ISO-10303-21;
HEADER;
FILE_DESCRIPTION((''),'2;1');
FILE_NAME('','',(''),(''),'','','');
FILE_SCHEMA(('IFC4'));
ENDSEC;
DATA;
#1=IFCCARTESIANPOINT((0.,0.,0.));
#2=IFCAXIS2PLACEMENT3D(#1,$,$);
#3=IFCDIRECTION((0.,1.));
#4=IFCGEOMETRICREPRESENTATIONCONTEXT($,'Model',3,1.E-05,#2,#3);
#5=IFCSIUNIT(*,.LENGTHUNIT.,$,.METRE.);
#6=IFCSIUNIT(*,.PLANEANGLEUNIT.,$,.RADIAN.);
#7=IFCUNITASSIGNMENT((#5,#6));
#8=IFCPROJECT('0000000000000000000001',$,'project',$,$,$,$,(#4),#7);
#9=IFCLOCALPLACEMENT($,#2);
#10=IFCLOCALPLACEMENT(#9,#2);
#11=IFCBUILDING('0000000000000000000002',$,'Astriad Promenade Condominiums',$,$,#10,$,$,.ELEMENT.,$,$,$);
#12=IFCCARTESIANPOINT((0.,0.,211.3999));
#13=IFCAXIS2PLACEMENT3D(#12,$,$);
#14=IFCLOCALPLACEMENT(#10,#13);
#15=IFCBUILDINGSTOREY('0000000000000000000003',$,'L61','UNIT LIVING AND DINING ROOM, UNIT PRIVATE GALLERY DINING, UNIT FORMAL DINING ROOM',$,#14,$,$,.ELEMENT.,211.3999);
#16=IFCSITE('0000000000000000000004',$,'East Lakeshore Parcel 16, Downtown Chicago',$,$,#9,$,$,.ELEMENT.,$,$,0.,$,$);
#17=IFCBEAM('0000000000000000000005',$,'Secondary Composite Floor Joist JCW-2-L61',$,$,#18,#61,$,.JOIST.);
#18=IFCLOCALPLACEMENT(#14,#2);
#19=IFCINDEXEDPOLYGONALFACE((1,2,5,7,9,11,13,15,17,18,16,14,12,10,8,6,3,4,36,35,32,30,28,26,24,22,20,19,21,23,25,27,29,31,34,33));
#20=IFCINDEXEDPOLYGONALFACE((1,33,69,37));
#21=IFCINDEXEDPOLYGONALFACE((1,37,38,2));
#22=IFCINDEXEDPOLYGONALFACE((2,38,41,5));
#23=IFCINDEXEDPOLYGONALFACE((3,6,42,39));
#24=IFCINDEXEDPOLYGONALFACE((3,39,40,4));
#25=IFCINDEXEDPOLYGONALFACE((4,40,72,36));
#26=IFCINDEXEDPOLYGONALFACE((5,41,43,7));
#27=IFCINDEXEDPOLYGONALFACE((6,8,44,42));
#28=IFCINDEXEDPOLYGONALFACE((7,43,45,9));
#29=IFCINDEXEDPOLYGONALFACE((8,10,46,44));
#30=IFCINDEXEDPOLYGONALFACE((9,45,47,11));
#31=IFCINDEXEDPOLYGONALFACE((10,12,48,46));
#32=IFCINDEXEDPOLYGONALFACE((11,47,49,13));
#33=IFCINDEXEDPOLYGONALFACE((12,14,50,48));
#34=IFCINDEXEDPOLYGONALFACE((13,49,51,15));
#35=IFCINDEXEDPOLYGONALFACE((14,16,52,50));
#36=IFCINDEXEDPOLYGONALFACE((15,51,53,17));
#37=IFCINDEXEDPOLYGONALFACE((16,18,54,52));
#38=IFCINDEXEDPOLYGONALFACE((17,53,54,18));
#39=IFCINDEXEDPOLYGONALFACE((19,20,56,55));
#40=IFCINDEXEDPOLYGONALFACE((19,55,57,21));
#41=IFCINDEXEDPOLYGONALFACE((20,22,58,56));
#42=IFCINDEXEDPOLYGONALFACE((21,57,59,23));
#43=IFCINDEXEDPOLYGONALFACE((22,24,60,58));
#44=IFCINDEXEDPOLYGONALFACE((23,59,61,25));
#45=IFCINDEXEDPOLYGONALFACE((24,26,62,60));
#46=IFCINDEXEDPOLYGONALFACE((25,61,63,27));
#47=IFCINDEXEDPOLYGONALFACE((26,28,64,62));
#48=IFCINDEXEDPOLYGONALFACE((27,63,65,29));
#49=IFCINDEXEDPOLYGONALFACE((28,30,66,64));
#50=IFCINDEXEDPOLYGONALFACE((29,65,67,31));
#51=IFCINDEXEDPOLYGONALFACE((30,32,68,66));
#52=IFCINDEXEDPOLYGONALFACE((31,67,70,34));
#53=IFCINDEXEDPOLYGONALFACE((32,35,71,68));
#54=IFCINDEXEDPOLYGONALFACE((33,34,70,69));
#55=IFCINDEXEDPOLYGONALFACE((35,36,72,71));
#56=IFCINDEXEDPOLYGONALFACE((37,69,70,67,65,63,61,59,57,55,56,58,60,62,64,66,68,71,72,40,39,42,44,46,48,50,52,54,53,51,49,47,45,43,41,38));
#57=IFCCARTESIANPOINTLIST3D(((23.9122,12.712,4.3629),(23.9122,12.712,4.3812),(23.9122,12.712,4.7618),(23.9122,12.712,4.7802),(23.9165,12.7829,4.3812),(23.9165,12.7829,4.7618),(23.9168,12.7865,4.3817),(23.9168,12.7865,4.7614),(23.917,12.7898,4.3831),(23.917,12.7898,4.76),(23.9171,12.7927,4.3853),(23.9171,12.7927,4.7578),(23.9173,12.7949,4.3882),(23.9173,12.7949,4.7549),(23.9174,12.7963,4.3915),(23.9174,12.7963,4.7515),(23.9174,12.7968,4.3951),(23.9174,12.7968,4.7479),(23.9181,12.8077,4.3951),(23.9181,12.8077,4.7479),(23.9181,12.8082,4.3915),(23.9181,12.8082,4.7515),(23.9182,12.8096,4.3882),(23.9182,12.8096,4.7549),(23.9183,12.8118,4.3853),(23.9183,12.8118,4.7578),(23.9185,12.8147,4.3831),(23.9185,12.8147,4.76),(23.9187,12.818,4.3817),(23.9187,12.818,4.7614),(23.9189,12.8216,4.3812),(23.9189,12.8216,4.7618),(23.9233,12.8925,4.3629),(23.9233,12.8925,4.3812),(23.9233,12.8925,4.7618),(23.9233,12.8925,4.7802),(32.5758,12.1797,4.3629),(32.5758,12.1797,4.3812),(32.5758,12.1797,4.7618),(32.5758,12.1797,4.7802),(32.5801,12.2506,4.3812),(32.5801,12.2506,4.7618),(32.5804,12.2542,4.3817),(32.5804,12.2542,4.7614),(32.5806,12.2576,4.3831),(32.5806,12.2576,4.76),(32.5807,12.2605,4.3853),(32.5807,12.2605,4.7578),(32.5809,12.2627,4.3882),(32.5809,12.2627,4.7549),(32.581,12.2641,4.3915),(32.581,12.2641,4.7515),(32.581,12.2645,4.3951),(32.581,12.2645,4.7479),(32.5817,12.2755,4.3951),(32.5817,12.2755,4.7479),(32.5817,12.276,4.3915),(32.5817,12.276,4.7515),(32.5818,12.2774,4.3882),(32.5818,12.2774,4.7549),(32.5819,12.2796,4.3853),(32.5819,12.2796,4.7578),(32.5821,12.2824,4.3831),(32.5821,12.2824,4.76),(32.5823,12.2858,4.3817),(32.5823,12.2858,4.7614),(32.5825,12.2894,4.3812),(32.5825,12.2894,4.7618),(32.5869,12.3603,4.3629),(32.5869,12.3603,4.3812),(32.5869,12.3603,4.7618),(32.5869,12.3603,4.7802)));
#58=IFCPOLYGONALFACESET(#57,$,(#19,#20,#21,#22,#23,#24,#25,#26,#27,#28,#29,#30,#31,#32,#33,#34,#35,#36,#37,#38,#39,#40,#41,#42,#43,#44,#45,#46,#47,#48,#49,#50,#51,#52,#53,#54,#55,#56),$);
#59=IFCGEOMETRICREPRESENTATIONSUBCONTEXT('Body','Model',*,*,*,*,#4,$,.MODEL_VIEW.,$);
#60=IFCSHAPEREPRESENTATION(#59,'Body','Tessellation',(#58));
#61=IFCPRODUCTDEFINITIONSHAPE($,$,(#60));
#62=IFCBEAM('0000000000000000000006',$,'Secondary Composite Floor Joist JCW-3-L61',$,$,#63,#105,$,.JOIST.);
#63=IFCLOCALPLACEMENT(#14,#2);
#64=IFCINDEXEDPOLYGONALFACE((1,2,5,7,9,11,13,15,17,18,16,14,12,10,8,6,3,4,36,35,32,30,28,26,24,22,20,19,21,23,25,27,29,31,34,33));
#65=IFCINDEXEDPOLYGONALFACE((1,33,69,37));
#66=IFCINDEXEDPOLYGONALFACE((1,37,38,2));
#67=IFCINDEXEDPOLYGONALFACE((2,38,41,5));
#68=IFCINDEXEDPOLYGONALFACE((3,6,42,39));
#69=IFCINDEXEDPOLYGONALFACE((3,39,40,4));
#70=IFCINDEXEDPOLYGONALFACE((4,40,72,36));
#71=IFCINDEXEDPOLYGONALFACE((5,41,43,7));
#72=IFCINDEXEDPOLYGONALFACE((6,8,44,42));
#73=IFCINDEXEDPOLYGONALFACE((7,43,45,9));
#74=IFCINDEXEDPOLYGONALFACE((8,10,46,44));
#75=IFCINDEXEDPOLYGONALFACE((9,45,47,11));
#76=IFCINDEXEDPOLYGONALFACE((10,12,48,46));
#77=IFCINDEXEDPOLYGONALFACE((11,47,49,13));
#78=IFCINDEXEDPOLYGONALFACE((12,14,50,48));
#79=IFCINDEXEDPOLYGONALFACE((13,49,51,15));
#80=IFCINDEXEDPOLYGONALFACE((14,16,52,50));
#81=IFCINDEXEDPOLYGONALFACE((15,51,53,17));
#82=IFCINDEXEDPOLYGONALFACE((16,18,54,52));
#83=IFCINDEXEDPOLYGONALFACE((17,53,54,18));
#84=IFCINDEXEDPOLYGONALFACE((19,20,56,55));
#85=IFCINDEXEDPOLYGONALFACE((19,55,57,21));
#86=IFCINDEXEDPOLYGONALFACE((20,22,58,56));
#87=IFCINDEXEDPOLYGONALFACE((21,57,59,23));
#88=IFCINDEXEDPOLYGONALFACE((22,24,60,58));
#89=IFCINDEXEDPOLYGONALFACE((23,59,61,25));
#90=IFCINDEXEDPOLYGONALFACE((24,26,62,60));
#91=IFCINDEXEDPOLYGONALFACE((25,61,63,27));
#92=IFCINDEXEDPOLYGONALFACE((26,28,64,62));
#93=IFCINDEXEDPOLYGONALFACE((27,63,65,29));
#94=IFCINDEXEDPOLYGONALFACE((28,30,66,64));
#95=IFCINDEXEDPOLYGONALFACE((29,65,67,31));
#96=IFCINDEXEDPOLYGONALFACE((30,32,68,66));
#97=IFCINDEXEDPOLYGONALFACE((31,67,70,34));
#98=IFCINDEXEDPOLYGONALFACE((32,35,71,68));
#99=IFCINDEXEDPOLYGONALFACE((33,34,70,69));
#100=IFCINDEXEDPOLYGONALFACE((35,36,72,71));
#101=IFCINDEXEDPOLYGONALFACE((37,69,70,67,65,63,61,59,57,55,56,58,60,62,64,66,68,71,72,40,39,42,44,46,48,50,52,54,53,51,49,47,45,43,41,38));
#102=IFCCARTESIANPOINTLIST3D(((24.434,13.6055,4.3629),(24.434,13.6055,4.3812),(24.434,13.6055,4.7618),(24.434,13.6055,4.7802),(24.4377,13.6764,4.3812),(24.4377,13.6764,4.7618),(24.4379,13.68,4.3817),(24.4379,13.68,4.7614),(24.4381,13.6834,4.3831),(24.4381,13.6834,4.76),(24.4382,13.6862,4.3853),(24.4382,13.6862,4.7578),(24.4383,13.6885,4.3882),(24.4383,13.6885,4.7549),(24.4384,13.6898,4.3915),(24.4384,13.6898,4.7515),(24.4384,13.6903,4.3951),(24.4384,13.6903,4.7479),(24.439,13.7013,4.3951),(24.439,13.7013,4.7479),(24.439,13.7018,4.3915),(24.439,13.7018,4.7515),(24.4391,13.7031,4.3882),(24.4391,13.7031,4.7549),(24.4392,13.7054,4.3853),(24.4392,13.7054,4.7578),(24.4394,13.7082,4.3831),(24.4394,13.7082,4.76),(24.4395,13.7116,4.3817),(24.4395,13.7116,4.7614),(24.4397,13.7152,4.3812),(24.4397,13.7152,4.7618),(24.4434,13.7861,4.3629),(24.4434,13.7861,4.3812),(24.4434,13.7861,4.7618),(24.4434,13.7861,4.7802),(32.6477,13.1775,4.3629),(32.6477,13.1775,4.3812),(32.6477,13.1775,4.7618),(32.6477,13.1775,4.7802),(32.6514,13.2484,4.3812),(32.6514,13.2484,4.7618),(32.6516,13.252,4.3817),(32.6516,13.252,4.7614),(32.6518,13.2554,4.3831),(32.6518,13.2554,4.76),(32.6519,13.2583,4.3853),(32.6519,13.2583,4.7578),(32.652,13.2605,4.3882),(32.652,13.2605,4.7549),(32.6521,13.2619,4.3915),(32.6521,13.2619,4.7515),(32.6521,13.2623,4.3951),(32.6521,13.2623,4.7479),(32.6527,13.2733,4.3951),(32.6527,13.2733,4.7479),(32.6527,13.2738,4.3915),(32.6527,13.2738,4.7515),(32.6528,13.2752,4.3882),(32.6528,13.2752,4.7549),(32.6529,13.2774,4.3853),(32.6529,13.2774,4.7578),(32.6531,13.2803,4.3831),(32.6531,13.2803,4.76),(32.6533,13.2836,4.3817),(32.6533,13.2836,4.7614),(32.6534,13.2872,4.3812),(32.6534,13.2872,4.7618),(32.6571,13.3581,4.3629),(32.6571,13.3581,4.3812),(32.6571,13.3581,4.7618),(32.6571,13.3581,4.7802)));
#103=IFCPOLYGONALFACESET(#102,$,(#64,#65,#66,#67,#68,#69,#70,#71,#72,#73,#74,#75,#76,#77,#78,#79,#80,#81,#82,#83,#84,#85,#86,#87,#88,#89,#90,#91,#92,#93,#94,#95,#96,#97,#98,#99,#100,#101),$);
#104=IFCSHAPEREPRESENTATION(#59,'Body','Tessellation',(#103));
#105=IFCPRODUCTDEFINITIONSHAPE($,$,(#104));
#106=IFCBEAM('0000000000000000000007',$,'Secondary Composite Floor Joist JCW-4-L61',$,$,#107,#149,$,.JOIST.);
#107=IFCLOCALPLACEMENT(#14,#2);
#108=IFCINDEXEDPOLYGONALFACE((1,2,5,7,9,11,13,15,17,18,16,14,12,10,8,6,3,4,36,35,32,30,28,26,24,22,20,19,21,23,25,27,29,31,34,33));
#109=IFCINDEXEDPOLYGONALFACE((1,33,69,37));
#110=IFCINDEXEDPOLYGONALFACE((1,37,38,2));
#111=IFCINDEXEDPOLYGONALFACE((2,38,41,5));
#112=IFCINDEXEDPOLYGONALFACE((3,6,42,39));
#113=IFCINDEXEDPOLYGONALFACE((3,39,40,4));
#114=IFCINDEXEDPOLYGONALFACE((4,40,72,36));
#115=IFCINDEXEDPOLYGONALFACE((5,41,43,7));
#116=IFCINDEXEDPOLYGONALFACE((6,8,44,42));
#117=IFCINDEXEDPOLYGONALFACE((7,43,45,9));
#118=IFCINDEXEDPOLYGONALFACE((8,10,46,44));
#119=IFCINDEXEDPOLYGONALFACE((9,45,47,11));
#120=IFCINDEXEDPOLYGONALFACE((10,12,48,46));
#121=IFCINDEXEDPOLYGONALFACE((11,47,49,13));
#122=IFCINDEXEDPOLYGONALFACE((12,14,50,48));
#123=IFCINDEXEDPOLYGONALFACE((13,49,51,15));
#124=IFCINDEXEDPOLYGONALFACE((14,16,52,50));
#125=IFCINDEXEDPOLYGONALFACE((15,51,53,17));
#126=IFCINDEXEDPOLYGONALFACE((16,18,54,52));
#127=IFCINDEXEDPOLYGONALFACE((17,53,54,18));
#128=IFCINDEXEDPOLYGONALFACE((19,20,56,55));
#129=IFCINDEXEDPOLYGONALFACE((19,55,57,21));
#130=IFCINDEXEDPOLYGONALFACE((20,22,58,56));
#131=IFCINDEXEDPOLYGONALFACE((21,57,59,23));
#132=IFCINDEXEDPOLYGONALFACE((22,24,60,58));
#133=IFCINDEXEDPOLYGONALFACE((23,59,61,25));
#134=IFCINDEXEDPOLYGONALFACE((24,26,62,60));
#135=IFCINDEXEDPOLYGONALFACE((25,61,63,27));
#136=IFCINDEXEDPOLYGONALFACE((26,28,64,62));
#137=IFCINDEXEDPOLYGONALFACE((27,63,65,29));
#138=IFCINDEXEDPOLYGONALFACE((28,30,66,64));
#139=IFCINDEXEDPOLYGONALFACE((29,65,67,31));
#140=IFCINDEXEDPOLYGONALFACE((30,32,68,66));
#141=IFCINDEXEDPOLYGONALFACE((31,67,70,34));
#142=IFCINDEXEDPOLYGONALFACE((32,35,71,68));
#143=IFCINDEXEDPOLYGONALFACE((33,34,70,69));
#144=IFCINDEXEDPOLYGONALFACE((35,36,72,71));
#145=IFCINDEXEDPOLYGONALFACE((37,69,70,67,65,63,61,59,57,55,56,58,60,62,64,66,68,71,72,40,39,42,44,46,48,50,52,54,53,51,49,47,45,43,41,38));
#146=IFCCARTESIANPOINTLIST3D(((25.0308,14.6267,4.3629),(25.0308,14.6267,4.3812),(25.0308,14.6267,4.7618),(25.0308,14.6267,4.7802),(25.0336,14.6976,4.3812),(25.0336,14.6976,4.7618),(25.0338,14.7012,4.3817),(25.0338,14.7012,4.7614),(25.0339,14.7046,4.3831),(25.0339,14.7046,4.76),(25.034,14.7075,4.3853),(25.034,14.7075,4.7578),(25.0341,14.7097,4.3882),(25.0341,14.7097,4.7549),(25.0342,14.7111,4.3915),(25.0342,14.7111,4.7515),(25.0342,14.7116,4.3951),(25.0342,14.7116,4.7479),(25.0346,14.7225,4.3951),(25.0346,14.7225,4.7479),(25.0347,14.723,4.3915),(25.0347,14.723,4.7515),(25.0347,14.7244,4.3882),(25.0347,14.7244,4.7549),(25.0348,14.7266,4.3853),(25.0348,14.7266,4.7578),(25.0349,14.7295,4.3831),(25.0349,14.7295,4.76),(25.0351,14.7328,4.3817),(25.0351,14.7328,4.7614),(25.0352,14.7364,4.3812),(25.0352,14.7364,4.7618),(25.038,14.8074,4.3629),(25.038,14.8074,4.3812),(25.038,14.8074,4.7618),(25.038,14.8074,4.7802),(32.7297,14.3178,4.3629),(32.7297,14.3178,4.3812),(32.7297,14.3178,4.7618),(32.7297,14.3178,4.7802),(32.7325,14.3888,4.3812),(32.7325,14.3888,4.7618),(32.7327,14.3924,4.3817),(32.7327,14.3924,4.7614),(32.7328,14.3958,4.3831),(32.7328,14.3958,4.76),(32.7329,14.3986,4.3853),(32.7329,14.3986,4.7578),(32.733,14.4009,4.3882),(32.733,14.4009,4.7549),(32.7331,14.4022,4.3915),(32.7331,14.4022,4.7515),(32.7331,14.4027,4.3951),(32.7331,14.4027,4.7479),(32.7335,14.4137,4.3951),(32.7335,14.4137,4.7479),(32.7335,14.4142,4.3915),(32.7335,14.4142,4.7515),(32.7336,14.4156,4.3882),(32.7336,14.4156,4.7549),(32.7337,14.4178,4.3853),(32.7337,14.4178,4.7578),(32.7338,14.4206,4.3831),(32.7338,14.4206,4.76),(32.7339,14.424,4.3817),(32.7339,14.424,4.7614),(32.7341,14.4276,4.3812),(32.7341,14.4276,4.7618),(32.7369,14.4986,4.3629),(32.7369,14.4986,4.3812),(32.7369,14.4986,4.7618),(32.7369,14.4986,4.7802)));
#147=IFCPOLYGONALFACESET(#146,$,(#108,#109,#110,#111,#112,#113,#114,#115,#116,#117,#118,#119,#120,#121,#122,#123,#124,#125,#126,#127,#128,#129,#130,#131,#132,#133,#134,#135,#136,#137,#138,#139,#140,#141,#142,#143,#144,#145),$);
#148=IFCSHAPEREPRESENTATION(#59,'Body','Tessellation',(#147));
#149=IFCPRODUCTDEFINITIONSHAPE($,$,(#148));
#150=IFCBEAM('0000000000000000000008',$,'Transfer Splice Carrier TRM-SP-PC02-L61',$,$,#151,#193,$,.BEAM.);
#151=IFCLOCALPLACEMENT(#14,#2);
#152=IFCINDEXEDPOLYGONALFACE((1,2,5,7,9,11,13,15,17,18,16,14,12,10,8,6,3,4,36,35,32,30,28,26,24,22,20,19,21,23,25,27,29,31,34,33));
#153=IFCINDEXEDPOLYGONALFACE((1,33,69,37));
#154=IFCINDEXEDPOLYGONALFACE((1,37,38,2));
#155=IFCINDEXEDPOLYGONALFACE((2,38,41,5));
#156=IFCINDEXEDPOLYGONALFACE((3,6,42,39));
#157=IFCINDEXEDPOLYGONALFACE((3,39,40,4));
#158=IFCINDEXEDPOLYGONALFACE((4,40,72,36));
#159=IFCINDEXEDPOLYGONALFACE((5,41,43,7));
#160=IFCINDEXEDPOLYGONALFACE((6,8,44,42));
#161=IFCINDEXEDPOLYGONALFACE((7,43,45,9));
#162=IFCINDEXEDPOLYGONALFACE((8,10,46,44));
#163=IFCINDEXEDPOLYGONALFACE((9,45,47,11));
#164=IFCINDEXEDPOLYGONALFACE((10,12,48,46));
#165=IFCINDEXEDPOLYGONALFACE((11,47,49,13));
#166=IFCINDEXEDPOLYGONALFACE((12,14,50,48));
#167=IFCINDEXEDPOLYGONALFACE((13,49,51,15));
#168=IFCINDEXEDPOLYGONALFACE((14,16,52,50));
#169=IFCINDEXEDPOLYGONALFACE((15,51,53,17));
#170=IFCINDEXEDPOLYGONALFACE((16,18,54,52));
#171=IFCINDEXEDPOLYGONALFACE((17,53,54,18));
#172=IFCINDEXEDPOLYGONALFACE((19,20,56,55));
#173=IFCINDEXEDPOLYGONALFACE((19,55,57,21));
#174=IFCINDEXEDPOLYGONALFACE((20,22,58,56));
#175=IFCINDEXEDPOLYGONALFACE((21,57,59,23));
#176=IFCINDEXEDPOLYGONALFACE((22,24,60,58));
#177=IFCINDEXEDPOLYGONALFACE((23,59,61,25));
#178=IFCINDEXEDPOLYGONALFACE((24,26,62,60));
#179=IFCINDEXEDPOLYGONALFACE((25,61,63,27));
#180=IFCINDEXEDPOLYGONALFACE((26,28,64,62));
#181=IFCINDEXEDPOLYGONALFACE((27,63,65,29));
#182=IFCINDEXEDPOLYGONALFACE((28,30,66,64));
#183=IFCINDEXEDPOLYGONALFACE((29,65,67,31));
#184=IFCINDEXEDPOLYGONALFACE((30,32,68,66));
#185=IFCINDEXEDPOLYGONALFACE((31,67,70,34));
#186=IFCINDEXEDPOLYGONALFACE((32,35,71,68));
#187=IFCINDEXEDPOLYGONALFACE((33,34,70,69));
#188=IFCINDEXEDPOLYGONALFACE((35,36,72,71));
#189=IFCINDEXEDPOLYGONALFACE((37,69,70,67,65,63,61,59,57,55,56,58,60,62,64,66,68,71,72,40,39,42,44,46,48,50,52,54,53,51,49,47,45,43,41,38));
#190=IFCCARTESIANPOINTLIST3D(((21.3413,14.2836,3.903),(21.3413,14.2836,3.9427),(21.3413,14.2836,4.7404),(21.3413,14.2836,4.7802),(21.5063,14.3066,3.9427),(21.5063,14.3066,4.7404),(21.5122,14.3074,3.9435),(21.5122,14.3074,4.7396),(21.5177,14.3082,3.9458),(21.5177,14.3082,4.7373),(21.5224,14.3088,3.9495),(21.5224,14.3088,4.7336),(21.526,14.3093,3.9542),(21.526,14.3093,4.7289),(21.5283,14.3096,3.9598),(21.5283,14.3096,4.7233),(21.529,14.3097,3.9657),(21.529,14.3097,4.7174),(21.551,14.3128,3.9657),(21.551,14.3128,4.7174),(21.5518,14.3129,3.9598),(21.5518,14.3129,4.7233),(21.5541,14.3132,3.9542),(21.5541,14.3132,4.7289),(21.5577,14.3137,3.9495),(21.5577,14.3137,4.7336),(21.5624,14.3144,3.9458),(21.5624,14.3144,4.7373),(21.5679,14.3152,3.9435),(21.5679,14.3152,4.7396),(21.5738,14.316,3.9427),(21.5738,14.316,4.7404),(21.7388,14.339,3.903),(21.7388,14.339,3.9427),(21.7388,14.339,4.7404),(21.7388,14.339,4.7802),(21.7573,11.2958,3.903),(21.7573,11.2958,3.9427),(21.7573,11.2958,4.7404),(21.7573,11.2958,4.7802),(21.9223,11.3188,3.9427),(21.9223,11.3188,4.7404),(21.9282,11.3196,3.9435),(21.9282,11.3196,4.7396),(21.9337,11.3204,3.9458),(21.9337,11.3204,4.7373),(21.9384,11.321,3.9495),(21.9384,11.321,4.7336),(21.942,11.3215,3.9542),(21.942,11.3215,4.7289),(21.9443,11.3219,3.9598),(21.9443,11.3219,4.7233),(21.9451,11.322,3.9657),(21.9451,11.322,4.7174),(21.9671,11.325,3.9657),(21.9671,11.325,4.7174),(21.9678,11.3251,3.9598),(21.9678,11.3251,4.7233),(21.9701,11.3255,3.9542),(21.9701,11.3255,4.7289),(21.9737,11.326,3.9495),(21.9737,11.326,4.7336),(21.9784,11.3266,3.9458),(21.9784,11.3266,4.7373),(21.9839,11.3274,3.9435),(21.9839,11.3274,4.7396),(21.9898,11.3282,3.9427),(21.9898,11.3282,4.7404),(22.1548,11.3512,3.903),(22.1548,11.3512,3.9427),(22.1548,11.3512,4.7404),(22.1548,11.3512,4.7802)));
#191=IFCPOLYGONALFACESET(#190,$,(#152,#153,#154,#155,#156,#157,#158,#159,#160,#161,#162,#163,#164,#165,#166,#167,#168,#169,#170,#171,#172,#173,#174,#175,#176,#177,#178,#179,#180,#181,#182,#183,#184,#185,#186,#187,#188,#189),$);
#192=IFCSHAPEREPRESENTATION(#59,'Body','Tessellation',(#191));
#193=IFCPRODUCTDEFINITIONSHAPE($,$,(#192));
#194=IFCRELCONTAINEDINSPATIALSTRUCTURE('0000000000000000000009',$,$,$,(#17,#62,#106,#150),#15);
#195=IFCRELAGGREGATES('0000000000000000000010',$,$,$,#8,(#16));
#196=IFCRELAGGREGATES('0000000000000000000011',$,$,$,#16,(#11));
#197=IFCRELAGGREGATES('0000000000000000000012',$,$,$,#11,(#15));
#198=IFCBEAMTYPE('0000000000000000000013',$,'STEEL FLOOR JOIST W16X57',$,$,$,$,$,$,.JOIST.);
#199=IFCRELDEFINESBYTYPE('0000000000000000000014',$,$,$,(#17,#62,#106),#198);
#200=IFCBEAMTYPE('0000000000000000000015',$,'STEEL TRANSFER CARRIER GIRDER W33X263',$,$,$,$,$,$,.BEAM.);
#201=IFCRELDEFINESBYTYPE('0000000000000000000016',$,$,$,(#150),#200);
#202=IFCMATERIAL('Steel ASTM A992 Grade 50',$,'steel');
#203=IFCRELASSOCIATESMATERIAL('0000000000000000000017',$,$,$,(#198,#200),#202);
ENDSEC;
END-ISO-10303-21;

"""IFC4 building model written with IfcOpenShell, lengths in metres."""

from ifc_helpers import new_model, si_unit, direction, frame, origin, origin_2d, place, context, subcontext, project, spatial, i_section, extrude, source, transform, mapped, material, material_profile, profile_set, type_object, element, save


model = new_model("IFC4")

# Units and contexts
model_context = context("Model", 3, precision=1e-05, world=origin(), true_north=direction((0.0, 1.0)))
body_context = subcontext(model_context, "Body", "Model", "MODEL_VIEW")
ifc_project = project(units=[si_unit("LENGTHUNIT", "METRE"), si_unit("PLANEANGLEUNIT", "RADIAN")], contexts=[model_context])

# Site, building, storey
site_placement = place(None, origin())
site = spatial("IfcSite", under=ifc_project, at=site_placement, Name="East Lakeshore Parcel 16, Downtown Chicago", CompositionType="ELEMENT", RefElevation=0.0)
building_placement = place(site_placement, origin())
building = spatial("IfcBuilding", under=site, at=building_placement, Name="Astriad Promenade Condominiums", CompositionType="ELEMENT")
storey_placement = place(building_placement, frame((0.0, 0.0, 211.3999)))
storey = spatial("IfcBuildingStorey", under=building, at=storey_placement, Name="L61", Description="UNIT LIVING AND DINING ROOM, UNIT PRIVATE GALLERY DINING, UNIT FORMAL DINING ROOM", CompositionType="ELEMENT", Elevation=211.3999)

# Beams
ifc_material_1 = material(Name="Steel ASTM A992 Grade 50", Category="steel")
ifc_material_profile_1 = material_profile(ifc_material_1, i_section(OverallWidth=0.1809, OverallDepth=0.4172, WebThickness=0.011, FlangeThickness=0.0183, FilletRadius=0.0139, at=origin_2d()), Name="W16X57")
ifc_profile_set_1 = profile_set([ifc_material_profile_1], Name="Steel ASTM A992 Grade 50")
beam_type_1 = type_object("IfcBeamType", Name="STEEL FLOOR JOIST W16X57", PredefinedType="JOIST", material=ifc_profile_set_1)
shared_shape_1 = source(origin(), body_context, "Body", "SweptSolid", [
    extrude(i_section(OverallWidth=0.1809, OverallDepth=0.4172, WebThickness=0.011, FlangeThickness=0.0183, FilletRadius=0.0139, at=origin_2d()), origin(), (0.0, 0.0, 1.0), 8.6799),
])
beam_1_placement = place(storey_placement, frame((23.9177, 12.8022, 4.5715), z_axis=(0.998118, -0.061317, 0.0), x_axis=(0.061317, 0.998118, 0.0)))
element("IfcBeam", 1, at=beam_1_placement, inside=storey, type_object=beam_type_1, Name="Secondary Composite Floor Joist JCW-2-L61", PredefinedType="JOIST", context=body_context, shape_type="MappedRepresentation", body=[
    mapped(shared_shape_1, transform((0.0, 0.0, 0.0), scale=1.0)),
])
shared_shape_2 = source(origin(), body_context, "Body", "SweptSolid", [
    extrude(i_section(OverallWidth=0.1809, OverallDepth=0.4172, WebThickness=0.011, FlangeThickness=0.0183, FilletRadius=0.0139, at=origin_2d()), origin(), (0.0, 0.0, 1.0), 8.2249),
])
beam_2_placement = place(storey_placement, frame((24.4387, 13.6958, 4.5715), z_axis=(0.998645, -0.052035, 0.0), x_axis=(0.052035, 0.998645, 0.0)))
element("IfcBeam", 2, at=beam_2_placement, inside=storey, type_object=beam_type_1, Name="Secondary Composite Floor Joist JCW-3-L61", PredefinedType="JOIST", context=body_context, shape_type="MappedRepresentation", body=[
    mapped(shared_shape_2, transform((0.0, 0.0, 0.0), scale=1.0)),
])
shared_shape_3 = source(origin(), body_context, "Body", "SweptSolid", [
    extrude(i_section(OverallWidth=0.1809, OverallDepth=0.4172, WebThickness=0.011, FlangeThickness=0.0183, FilletRadius=0.0139, at=origin_2d()), origin(), (0.0, 0.0, 1.0), 7.7051),
])
beam_3_placement = place(storey_placement, frame((25.0344, 14.717, 4.5715), z_axis=(0.999196, -0.040082, 0.0), x_axis=(0.040082, 0.999196, 0.0)))
element("IfcBeam", 3, at=beam_3_placement, inside=storey, type_object=beam_type_1, Name="Secondary Composite Floor Joist JCW-4-L61", PredefinedType="JOIST", context=body_context, shape_type="MappedRepresentation", body=[
    mapped(shared_shape_3, transform((0.0, 0.0, 0.0), scale=1.0)),
])
ifc_material_profile_2 = material_profile(ifc_material_1, i_section(OverallWidth=0.4014, OverallDepth=0.8772, WebThickness=0.0222, FlangeThickness=0.0398, FilletRadius=0.0229, at=origin_2d()), Name="W33X263")
ifc_profile_set_2 = profile_set([ifc_material_profile_2], Name="Steel ASTM A992 Grade 50")
beam_type_2 = type_object("IfcBeamType", Name="STEEL TRANSFER CARRIER GIRDER W33X263", PredefinedType="BEAM", material=ifc_profile_set_2)
shared_shape_4 = source(origin(), body_context, "Body", "SweptSolid", [
    extrude(i_section(OverallWidth=0.4014, OverallDepth=0.8772, WebThickness=0.0222, FlangeThickness=0.0398, FilletRadius=0.0229, at=origin_2d()), origin(), (0.0, 0.0, 1.0), 3.0166),
])
beam_4_placement = place(storey_placement, frame((21.54, 14.3113, 4.3416), z_axis=(0.137908, -0.990445, 0.0), x_axis=(0.990445, 0.137908, 0.0)))
element("IfcBeam", 4, at=beam_4_placement, inside=storey, type_object=beam_type_2, Name="Transfer Splice Carrier TRM-SP-PC02-L61", PredefinedType="BEAM", context=body_context, shape_type="MappedRepresentation", body=[
    mapped(shared_shape_4, transform((0.0, 0.0, 0.0), scale=1.0)),
])

save(model, "model.ifc")
